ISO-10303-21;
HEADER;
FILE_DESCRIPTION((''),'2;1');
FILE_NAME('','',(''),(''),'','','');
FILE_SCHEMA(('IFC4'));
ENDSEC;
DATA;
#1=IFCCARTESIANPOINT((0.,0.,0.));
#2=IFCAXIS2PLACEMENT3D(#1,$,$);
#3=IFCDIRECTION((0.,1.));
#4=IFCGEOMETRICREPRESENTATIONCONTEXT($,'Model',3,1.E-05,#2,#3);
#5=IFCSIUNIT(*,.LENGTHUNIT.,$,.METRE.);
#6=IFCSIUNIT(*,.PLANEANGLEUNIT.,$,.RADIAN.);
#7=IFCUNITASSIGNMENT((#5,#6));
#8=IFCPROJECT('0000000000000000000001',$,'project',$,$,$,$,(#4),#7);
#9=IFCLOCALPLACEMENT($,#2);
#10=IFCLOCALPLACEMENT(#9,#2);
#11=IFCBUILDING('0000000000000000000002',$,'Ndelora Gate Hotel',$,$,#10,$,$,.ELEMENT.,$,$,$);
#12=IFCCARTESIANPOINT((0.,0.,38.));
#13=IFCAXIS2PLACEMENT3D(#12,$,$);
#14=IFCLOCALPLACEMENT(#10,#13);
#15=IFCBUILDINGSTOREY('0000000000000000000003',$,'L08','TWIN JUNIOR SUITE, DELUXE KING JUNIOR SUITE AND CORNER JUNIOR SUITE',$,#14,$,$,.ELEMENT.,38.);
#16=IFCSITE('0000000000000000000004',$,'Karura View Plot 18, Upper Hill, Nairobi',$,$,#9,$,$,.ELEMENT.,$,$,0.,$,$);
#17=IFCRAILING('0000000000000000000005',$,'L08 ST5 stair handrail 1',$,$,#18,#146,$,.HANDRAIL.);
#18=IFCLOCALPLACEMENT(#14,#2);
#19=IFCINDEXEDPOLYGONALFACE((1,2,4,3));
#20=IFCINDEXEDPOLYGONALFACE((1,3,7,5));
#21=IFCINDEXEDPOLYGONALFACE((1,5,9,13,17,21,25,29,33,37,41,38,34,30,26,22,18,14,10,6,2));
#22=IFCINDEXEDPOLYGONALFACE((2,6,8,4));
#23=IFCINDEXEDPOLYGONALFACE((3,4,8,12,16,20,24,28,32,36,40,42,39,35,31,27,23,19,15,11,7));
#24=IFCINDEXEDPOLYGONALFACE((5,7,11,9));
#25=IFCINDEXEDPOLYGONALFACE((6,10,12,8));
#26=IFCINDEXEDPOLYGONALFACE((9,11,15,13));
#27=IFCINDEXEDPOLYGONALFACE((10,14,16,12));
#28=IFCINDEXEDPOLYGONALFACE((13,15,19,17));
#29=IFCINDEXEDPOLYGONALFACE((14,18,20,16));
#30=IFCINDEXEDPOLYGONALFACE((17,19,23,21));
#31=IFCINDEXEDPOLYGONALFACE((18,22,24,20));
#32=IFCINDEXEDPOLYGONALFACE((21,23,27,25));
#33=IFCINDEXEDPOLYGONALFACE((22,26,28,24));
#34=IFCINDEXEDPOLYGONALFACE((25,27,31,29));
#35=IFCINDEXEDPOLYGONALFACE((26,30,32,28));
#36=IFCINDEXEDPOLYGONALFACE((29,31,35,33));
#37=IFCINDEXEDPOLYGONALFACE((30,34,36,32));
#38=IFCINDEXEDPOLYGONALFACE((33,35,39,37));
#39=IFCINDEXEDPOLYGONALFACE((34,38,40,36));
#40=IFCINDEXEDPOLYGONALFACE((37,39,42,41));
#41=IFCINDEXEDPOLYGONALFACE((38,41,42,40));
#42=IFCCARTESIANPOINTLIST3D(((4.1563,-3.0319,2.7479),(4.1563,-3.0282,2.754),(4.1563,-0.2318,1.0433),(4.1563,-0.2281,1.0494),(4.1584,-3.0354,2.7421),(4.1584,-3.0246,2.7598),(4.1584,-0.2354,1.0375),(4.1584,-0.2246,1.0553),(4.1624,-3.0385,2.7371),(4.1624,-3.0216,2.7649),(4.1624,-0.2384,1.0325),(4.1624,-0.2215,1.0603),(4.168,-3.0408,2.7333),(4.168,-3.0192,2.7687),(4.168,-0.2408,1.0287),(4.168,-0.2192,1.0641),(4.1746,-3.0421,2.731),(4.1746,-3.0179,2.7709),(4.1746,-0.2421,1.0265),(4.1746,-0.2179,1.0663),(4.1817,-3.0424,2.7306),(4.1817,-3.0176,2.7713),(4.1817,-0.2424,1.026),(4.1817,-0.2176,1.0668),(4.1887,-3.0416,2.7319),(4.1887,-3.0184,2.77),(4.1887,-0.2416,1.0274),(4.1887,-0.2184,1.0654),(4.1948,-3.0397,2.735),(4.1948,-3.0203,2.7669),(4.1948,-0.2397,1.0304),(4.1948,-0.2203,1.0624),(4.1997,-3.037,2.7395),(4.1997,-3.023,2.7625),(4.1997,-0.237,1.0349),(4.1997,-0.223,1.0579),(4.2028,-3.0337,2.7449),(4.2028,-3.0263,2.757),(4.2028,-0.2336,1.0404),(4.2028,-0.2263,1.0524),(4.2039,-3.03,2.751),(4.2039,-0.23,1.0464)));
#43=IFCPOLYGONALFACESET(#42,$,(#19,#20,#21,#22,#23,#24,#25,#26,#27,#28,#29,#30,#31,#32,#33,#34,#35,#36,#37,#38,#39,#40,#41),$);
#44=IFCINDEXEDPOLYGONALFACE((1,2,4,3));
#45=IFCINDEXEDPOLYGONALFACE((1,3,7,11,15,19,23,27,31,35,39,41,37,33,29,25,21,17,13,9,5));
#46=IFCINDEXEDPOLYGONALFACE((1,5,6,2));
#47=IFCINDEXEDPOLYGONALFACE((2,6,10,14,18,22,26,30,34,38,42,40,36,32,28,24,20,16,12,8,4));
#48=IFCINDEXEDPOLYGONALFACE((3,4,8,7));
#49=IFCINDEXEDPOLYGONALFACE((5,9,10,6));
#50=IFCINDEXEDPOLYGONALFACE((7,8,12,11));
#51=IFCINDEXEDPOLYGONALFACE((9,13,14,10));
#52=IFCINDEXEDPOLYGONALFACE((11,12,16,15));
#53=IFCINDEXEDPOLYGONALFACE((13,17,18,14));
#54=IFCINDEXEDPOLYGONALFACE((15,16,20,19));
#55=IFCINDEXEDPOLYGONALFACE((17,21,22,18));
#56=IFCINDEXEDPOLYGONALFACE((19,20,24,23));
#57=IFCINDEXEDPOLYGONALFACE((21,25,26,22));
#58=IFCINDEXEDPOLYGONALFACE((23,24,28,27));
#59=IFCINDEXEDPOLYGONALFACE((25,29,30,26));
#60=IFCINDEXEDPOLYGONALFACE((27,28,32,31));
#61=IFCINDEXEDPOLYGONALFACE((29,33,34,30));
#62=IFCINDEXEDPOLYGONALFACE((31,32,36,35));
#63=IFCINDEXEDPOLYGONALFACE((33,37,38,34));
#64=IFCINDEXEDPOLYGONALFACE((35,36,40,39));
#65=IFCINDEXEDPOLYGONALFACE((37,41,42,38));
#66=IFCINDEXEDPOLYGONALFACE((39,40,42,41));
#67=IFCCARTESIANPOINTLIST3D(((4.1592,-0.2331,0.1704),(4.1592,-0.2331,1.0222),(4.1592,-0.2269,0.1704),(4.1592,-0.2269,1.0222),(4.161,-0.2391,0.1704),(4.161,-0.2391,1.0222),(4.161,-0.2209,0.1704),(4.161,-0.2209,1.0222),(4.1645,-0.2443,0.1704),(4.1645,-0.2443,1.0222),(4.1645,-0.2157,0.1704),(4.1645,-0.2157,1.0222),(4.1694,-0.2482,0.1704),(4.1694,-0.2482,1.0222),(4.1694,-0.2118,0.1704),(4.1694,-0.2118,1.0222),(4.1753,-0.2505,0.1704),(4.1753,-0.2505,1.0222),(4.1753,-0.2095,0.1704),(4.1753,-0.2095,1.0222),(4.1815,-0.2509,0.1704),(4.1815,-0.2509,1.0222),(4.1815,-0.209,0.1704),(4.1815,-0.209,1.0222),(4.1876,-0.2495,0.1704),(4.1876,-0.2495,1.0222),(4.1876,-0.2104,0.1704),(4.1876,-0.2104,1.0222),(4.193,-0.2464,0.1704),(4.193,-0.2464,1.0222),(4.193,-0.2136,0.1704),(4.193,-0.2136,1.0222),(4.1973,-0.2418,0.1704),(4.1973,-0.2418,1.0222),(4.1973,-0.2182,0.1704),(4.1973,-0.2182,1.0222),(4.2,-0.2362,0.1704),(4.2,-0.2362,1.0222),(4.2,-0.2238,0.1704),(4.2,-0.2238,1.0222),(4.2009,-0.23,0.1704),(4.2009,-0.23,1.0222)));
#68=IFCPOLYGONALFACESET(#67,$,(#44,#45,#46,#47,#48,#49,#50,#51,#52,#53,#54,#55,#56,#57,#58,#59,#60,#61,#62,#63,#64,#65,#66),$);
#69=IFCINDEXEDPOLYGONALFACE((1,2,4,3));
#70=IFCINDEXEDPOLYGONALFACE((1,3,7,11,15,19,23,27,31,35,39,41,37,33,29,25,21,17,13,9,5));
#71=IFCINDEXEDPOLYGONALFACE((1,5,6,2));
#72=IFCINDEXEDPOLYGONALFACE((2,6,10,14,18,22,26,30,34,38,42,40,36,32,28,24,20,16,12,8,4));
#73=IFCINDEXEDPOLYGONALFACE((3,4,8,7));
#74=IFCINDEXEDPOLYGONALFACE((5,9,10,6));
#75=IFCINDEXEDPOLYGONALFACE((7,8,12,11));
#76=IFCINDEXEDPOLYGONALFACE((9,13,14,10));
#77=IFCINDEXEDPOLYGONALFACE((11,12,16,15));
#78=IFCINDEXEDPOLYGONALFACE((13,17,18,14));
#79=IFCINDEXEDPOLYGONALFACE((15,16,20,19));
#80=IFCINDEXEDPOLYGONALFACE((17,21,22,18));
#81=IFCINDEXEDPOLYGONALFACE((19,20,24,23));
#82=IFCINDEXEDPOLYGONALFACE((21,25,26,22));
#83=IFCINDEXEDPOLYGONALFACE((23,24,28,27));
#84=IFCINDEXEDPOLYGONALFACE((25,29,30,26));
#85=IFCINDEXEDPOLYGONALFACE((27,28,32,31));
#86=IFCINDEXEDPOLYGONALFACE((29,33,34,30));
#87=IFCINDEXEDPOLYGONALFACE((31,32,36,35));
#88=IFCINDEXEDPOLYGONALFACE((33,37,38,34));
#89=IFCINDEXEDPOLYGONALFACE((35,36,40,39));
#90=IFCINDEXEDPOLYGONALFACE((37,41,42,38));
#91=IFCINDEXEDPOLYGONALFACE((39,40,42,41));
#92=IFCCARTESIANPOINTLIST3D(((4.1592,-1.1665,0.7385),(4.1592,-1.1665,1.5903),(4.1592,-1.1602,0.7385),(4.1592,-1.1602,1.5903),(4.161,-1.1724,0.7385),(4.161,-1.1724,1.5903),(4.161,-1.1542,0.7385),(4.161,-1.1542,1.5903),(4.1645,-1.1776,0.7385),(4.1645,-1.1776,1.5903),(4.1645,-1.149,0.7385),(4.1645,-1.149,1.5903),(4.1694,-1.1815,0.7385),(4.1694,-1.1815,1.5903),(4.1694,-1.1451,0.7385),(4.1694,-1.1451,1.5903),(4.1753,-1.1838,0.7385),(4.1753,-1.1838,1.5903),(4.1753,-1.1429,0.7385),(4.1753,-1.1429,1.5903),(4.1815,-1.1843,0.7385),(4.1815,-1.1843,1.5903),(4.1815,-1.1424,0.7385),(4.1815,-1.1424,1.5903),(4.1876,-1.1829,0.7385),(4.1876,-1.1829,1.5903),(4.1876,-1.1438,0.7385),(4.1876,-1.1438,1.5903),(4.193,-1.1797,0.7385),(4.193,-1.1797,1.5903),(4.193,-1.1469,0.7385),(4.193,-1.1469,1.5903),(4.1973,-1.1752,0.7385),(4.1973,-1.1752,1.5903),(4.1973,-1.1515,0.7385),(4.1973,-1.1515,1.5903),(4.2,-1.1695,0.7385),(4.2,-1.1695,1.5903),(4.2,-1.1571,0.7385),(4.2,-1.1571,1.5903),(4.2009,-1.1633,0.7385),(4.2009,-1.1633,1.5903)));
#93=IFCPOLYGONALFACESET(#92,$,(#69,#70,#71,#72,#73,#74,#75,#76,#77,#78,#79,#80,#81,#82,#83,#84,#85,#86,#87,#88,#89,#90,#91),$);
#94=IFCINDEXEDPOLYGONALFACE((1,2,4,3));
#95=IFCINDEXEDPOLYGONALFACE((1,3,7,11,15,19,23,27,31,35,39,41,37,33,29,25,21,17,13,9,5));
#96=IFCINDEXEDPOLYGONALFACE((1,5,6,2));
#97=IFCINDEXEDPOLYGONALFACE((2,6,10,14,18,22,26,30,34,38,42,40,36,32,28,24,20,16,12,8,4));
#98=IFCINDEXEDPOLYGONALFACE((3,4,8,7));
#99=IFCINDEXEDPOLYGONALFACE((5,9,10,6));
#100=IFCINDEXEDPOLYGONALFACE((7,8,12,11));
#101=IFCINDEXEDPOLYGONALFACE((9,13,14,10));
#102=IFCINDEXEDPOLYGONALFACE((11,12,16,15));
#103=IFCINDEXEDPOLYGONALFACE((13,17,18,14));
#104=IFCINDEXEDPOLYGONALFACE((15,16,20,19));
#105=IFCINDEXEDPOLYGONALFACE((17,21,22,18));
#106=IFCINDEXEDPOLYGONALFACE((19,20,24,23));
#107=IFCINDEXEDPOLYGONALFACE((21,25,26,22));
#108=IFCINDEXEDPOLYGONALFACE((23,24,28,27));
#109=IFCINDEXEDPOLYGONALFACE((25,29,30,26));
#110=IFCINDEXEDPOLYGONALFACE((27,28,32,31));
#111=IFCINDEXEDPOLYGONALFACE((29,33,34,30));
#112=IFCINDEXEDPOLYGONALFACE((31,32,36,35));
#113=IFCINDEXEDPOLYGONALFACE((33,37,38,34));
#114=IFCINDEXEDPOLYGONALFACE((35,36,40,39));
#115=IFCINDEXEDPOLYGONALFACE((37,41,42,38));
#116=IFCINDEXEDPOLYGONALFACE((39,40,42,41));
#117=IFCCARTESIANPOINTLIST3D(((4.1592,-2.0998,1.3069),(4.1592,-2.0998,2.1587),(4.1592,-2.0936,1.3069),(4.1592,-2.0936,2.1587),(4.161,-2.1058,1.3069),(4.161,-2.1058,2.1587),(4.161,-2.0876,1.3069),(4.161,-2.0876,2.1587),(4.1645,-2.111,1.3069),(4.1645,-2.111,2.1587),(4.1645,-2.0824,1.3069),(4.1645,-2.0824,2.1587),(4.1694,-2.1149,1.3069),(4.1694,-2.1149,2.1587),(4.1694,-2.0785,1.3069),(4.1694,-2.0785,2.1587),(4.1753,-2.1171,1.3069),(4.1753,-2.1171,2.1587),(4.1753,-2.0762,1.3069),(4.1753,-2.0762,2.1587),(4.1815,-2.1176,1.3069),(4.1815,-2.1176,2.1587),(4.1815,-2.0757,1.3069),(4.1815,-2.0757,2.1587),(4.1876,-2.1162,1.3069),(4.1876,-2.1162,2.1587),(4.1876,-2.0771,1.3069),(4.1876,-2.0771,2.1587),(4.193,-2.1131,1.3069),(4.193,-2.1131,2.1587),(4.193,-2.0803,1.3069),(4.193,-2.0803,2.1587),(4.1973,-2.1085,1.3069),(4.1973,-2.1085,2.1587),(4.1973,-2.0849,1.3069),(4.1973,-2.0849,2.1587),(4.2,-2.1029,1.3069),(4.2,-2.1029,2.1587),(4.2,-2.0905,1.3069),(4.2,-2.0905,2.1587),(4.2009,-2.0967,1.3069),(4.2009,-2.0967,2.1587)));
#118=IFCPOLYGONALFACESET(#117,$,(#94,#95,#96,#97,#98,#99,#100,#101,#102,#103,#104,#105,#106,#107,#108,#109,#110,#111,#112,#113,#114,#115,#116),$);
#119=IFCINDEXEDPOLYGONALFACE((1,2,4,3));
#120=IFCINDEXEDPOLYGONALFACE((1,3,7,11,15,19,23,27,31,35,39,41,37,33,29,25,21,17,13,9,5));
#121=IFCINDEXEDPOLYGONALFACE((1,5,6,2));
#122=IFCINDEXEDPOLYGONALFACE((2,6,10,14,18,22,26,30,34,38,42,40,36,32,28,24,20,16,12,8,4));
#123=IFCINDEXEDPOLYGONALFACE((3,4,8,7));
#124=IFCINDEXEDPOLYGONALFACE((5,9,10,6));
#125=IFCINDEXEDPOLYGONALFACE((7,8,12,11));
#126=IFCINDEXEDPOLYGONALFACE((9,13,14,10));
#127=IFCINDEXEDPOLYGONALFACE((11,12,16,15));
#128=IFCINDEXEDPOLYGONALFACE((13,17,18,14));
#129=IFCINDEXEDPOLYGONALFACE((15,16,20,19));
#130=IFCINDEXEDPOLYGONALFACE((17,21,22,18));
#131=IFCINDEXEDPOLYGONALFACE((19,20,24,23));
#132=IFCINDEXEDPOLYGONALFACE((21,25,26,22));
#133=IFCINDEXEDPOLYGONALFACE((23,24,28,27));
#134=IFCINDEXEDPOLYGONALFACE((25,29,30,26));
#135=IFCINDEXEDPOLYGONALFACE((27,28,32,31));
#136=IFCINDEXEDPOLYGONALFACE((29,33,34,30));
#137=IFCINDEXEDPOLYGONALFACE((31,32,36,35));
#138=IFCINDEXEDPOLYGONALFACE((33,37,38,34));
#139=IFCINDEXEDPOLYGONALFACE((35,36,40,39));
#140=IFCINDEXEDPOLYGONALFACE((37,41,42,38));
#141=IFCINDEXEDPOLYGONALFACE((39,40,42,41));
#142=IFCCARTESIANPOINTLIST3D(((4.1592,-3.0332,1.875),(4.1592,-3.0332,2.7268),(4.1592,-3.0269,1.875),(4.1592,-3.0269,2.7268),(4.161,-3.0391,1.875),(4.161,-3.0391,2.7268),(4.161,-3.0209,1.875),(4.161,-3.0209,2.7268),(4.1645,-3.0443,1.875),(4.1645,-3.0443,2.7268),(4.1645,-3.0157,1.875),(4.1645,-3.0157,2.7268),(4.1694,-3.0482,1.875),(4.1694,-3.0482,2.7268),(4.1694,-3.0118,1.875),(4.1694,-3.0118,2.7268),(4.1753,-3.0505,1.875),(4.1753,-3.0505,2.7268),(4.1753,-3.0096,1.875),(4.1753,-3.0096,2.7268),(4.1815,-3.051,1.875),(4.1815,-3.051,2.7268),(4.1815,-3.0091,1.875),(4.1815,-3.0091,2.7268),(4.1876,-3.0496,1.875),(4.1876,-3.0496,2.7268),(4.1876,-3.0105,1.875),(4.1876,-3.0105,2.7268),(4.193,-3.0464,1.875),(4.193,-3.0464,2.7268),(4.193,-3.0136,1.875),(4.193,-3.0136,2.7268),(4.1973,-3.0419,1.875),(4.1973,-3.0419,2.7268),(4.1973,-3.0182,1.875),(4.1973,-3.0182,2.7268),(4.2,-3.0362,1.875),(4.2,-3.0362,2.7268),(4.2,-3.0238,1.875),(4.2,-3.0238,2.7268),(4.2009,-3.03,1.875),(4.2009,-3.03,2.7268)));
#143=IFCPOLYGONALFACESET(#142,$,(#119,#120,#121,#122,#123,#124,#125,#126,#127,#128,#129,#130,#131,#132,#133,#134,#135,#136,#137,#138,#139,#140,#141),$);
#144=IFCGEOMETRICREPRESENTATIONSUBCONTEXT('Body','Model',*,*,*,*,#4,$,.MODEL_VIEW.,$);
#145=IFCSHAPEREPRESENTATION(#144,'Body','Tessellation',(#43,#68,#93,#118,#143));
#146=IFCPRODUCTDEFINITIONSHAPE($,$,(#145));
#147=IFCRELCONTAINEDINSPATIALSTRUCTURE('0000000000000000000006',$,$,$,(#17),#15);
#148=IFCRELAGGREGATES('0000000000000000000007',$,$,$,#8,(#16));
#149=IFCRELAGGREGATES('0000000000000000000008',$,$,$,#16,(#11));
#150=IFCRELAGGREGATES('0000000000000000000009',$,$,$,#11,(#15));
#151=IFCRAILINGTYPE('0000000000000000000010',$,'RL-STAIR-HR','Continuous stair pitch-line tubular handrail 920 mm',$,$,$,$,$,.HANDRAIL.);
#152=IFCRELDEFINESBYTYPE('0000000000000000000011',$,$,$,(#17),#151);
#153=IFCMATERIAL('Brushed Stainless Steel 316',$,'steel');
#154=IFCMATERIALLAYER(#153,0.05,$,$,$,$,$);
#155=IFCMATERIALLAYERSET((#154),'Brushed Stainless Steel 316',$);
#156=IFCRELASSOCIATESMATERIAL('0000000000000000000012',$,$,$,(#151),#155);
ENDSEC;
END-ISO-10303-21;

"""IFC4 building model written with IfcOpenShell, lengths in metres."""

from ifc_helpers import new_model, si_unit, direction, frame, origin, origin_2d, place, context, subcontext, project, spatial, circle, extrude, material, layer, layer_set, type_object, element, save


model = new_model("IFC4")

# Units and contexts
model_context = context("Model", 3, precision=1e-05, world=origin(), true_north=direction((0.0, 1.0)))
body_context = subcontext(model_context, "Body", "Model", "MODEL_VIEW")
ifc_project = project(units=[si_unit("LENGTHUNIT", "METRE"), si_unit("PLANEANGLEUNIT", "RADIAN")], contexts=[model_context])

# Site, building, storey
site_placement = place(None, origin())
site = spatial("IfcSite", under=ifc_project, at=site_placement, Name="Karura View Plot 18, Upper Hill, Nairobi", CompositionType="ELEMENT", RefElevation=0.0)
building_placement = place(site_placement, origin())
building = spatial("IfcBuilding", under=site, at=building_placement, Name="Ndelora Gate Hotel", CompositionType="ELEMENT")
storey_placement = place(building_placement, frame((0.0, 0.0, 38.0)))
storey = spatial("IfcBuildingStorey", under=building, at=storey_placement, Name="L08", Description="TWIN JUNIOR SUITE, DELUXE KING JUNIOR SUITE AND CORNER JUNIOR SUITE", CompositionType="ELEMENT", Elevation=38.0)

# Railing
ifc_material_1 = material(Name="Brushed Stainless Steel 316", Category="steel")
ifc_layer_1 = layer(ifc_material_1, 0.05)
ifc_layer_set_1 = layer_set([ifc_layer_1], Name="Brushed Stainless Steel 316")
railing_type_1 = type_object("IfcRailingType", Name="RL-STAIR-HR", Description="Continuous stair pitch-line tubular handrail 920 mm", PredefinedType="HANDRAIL", material=ifc_layer_set_1)
railing_1_placement = place(storey_placement, frame((4.1799, -0.23, 0.1704)))
element("IfcRailing", 1, at=railing_1_placement, inside=storey, type_object=railing_type_1, Name="L08 ST5 stair handrail 1", PredefinedType="HANDRAIL", context=body_context, shape_type="SweptSolid", body=[
    extrude(circle(Radius=0.0239, at=origin_2d()), frame((0.0, 0.0, 0.876), z_axis=(0.0, -0.85417, 0.519994), x_axis=(1.0, 0.0, 0.0)), (0.0, 0.0, 1.0), 3.2781),
    extrude(circle(Radius=0.021, at=origin_2d()), origin(), (0.0, 0.0, 1.0), 0.8518),
    extrude(circle(Radius=0.021, at=origin_2d()), frame((0.0, -0.9333, 0.5681)), (0.0, 0.0, 1.0), 0.8518),
    extrude(circle(Radius=0.021, at=origin_2d()), frame((0.0, -1.8667, 1.1365)), (0.0, 0.0, 1.0), 0.8518),
    extrude(circle(Radius=0.021, at=origin_2d()), frame((0.0, -2.8, 1.7046)), (0.0, 0.0, 1.0), 0.8518),
])

save(model, "model.ifc")
